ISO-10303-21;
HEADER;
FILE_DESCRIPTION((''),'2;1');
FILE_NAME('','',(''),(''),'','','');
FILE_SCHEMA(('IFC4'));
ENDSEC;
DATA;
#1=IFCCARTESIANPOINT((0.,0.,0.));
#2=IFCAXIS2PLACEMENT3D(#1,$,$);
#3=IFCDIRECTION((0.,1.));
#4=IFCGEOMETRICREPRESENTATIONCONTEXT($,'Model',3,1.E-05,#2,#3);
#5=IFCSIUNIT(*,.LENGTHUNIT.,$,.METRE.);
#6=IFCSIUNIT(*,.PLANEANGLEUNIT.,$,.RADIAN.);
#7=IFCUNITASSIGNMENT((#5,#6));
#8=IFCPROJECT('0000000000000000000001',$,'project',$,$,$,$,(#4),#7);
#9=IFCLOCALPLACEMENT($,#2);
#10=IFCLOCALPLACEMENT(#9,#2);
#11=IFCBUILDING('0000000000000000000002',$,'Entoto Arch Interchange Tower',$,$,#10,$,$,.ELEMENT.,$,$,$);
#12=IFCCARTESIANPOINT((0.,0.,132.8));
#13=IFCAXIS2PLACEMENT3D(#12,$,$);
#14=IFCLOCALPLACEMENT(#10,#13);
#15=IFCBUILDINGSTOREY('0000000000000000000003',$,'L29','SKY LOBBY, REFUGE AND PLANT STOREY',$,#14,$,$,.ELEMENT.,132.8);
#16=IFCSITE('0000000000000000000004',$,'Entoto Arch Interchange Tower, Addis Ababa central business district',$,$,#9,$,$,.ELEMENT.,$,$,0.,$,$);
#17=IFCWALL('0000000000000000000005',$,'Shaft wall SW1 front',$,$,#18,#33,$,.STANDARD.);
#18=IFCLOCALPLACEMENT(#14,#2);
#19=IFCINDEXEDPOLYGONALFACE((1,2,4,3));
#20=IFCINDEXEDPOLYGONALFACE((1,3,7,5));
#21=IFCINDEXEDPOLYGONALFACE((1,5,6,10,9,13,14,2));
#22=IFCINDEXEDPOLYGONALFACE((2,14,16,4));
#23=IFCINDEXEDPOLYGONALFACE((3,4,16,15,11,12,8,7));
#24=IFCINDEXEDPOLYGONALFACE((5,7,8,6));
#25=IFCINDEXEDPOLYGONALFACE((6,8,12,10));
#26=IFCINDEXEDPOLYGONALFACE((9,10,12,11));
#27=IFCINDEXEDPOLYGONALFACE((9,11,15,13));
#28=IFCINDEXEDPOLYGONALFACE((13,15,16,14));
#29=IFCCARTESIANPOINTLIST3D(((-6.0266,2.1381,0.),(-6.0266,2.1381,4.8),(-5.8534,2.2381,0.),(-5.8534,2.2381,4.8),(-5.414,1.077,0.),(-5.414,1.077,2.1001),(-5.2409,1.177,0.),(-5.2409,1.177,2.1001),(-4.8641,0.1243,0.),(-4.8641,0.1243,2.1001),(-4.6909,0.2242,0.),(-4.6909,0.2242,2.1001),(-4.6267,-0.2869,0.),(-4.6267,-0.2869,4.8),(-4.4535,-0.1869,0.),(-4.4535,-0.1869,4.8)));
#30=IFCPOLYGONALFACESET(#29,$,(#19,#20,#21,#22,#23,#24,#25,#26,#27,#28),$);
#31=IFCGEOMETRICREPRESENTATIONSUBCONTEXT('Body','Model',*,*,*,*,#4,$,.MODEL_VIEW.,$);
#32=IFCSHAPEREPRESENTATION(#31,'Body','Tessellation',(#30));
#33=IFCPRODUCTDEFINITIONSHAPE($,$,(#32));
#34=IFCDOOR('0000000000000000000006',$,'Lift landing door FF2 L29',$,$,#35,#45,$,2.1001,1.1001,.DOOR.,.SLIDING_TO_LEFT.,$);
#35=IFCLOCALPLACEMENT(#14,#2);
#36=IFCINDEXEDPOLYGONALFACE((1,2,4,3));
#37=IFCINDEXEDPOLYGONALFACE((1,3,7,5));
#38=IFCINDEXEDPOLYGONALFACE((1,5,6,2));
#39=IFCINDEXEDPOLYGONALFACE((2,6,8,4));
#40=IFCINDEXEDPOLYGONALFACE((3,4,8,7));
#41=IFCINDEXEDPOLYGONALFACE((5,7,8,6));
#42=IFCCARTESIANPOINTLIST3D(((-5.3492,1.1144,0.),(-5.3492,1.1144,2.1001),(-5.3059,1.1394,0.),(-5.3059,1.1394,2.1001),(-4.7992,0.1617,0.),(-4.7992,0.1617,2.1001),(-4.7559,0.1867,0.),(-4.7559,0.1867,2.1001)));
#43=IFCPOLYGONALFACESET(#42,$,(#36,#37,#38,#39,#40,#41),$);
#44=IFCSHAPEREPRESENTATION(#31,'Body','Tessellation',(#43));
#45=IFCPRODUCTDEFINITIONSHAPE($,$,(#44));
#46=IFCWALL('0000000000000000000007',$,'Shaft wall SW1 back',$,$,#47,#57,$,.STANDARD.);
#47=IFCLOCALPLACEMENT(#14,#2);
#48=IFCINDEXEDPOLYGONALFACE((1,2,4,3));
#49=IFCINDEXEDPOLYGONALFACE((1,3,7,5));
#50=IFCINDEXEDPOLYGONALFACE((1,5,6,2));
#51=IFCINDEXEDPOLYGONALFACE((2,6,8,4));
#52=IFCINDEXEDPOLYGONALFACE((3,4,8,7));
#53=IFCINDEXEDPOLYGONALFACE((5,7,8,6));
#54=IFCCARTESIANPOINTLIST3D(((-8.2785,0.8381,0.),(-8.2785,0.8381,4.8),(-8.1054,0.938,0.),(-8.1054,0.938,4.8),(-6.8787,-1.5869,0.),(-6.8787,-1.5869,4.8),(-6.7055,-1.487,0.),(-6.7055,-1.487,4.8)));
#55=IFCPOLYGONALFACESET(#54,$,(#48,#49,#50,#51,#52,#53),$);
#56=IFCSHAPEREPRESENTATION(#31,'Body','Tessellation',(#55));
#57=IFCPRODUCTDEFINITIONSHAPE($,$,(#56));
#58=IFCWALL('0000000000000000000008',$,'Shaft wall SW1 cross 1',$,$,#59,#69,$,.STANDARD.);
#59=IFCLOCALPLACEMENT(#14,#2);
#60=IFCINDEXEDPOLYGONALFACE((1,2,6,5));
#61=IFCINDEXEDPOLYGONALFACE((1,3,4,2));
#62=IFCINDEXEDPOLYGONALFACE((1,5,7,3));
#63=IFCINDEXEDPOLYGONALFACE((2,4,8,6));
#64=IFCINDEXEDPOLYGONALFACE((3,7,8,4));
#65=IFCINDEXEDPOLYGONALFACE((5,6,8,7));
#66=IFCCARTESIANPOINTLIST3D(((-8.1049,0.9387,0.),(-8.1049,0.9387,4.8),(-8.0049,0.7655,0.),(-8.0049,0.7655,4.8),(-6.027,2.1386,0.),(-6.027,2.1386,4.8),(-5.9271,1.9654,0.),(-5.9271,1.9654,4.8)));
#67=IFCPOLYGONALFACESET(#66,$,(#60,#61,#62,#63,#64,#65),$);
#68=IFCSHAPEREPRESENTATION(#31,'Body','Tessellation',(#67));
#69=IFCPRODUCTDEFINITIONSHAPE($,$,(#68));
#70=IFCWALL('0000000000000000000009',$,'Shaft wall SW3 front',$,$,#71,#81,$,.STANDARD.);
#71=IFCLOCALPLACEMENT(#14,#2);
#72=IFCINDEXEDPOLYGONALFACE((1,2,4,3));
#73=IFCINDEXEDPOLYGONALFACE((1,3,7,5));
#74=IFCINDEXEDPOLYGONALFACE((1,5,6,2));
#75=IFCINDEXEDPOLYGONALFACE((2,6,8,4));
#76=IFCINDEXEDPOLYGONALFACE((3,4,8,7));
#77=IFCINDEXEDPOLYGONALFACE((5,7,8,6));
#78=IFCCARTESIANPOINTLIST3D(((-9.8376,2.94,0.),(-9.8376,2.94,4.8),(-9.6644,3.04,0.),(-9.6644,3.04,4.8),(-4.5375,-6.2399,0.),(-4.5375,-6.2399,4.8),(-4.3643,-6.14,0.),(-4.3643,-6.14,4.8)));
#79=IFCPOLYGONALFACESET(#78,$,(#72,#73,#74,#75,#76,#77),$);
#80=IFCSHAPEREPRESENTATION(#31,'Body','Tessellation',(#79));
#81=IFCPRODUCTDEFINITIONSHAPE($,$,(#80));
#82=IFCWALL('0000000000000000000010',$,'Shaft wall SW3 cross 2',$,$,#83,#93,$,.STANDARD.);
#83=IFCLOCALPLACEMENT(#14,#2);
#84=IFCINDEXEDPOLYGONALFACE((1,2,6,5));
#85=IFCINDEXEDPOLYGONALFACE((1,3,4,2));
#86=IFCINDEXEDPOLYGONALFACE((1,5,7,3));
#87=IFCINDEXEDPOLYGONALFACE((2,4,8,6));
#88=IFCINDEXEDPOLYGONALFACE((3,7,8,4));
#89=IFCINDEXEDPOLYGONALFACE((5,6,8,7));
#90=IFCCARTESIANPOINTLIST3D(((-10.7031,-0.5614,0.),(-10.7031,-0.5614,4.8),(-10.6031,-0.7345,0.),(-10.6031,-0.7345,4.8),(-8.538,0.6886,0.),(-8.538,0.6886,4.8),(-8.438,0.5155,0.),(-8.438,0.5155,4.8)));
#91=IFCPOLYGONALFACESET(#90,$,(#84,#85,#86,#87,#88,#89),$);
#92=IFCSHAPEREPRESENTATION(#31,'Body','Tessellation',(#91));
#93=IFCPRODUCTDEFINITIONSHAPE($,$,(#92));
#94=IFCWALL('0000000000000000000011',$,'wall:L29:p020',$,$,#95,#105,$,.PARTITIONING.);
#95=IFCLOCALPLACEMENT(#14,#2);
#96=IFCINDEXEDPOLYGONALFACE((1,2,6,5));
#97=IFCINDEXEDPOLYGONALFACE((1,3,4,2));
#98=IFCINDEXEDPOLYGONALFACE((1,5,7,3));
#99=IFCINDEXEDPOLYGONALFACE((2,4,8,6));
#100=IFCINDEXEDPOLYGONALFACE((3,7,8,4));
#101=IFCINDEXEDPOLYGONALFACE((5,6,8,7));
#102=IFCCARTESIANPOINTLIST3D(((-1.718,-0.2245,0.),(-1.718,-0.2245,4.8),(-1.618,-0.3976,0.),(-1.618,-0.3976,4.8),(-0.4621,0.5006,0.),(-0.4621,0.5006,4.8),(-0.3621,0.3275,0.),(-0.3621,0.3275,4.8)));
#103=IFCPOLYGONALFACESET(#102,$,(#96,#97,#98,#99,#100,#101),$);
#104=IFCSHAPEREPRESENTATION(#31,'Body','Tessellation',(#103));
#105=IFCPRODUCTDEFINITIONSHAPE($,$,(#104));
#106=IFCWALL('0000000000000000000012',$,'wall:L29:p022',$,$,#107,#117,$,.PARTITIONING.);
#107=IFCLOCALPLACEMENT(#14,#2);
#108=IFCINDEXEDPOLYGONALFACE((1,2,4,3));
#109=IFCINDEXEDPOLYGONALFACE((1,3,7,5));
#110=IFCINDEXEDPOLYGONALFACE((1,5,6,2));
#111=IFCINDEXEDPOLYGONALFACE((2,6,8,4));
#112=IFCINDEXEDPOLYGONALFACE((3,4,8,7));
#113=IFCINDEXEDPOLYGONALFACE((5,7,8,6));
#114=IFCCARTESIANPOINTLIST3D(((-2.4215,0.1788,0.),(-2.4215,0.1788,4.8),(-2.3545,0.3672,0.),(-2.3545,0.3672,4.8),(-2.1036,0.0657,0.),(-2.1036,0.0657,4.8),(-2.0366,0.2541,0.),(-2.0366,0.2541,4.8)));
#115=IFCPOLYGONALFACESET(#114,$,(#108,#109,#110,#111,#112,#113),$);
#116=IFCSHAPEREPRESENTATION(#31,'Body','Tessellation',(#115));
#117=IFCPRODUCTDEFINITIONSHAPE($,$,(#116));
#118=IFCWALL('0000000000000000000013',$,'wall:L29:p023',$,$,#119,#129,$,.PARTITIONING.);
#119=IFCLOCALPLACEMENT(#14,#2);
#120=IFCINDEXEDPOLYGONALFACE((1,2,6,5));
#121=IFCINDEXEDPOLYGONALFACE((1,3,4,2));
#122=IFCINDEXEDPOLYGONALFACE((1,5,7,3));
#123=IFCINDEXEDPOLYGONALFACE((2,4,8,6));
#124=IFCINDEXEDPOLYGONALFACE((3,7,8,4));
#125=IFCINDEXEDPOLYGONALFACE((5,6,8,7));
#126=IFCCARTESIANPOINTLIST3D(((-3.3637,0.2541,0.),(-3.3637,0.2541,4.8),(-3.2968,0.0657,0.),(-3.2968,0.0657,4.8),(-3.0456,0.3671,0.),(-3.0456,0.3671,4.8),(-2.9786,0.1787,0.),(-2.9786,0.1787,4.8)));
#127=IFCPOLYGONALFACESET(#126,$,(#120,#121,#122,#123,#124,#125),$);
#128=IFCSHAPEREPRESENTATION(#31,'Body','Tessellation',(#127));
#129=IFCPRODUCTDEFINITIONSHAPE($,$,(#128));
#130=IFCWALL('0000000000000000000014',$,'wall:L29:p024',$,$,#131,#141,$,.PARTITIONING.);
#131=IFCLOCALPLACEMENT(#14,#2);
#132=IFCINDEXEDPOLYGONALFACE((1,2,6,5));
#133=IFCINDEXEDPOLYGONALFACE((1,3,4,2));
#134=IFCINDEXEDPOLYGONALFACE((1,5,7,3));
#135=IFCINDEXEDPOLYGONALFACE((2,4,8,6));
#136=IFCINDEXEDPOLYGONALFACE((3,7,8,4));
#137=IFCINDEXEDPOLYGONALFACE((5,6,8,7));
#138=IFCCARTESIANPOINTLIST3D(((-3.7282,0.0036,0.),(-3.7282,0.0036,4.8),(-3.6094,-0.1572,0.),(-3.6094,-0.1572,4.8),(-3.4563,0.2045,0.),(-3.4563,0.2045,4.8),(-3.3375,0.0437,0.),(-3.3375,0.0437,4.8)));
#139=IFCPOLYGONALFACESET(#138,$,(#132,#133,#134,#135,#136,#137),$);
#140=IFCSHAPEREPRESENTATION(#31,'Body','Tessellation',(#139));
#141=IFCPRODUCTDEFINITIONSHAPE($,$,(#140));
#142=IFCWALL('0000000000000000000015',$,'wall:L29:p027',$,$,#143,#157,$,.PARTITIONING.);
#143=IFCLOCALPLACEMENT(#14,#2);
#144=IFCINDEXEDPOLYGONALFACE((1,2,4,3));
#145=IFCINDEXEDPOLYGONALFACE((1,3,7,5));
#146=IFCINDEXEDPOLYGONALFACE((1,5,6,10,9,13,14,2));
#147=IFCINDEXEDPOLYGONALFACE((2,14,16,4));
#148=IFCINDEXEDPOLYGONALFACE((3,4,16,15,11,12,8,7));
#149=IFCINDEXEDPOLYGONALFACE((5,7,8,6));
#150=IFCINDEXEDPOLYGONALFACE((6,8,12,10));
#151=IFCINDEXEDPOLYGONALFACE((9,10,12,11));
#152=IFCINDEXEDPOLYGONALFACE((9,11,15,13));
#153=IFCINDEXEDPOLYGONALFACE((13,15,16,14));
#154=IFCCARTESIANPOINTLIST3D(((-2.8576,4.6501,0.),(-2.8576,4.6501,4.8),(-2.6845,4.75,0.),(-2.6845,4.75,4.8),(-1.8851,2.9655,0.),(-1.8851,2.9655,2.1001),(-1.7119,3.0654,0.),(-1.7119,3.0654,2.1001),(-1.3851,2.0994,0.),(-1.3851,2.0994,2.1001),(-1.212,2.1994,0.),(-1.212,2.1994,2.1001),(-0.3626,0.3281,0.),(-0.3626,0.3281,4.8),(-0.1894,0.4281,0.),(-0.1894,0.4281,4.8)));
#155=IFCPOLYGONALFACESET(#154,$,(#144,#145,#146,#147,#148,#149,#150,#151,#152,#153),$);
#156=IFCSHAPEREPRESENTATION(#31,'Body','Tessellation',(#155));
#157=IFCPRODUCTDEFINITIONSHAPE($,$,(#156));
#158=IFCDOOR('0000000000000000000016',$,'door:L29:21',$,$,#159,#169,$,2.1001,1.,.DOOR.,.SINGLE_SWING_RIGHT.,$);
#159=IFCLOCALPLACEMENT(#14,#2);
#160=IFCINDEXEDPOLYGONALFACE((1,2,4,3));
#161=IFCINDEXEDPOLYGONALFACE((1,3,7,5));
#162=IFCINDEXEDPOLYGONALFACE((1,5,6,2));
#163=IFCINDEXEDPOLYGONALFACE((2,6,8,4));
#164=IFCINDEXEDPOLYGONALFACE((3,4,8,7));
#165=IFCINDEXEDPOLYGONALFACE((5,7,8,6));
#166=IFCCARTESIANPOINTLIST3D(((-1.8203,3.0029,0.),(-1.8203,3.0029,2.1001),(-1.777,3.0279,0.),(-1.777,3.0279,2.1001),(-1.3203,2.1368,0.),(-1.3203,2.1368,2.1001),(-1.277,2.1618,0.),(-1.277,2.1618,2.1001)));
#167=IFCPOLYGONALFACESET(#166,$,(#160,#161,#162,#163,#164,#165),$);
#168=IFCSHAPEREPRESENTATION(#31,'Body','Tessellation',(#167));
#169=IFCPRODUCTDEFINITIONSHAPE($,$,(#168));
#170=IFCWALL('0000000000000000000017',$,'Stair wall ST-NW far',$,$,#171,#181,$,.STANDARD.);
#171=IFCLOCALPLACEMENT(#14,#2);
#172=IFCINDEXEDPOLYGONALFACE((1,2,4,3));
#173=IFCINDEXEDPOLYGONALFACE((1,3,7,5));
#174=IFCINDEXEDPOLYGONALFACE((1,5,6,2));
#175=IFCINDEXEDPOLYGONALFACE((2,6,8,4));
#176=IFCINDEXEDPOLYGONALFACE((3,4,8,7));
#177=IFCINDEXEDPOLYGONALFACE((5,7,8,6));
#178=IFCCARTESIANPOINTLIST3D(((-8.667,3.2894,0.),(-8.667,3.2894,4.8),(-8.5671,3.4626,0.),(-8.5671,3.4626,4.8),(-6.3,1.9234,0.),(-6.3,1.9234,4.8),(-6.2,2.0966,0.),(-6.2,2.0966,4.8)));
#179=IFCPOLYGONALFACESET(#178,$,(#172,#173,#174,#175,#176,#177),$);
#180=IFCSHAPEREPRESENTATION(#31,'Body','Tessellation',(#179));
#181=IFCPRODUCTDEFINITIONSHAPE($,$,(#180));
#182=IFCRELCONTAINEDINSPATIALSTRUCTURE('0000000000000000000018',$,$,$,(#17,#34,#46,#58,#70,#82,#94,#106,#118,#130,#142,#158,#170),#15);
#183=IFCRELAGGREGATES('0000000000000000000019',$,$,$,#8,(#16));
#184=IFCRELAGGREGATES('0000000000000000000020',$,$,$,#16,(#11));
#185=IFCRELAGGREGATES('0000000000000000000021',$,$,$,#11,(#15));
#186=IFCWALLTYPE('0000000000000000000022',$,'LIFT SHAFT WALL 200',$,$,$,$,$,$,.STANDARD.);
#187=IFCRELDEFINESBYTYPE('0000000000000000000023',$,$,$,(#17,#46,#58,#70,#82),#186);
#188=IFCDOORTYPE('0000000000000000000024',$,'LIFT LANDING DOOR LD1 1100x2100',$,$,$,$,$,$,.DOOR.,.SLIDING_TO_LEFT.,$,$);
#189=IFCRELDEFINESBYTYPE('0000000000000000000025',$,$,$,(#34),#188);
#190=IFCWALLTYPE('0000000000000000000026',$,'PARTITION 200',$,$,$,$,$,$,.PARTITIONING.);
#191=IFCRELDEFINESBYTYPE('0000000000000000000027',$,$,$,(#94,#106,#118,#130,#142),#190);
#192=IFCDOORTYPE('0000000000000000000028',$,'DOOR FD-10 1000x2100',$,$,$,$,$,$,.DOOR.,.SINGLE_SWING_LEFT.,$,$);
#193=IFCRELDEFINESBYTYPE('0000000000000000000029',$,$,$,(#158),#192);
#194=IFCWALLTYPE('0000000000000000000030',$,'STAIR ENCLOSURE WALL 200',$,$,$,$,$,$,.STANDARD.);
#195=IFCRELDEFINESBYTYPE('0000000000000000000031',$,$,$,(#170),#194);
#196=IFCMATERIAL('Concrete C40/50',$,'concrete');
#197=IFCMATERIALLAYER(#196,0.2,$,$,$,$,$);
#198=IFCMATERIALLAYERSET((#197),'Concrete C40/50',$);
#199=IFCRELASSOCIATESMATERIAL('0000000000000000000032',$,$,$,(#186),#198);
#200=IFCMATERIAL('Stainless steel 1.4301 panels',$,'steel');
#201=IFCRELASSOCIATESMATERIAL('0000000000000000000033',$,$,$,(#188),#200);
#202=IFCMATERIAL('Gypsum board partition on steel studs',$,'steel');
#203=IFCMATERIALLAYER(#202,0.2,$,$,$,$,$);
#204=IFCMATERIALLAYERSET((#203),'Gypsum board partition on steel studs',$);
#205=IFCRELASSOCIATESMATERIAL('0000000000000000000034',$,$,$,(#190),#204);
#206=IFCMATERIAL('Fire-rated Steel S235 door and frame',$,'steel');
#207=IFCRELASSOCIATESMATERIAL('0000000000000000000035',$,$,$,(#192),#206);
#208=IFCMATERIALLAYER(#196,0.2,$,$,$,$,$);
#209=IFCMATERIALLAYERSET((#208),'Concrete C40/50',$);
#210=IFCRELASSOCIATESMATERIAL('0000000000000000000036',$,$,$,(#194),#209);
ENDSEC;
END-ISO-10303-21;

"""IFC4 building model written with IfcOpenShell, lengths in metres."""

from ifc_helpers import new_model, si_unit, direction, frame, frame_2d, origin, place, context, subcontext, project, spatial, rectangle, extrude, material, layer, layer_set, type_object, element, fill, save


model = new_model("IFC4")

# Units and contexts
model_context = context("Model", 3, precision=1e-05, world=origin(), true_north=direction((0.0, 1.0)))
body_context = subcontext(model_context, "Body", "Model", "MODEL_VIEW")
ifc_project = project(units=[si_unit("LENGTHUNIT", "METRE"), si_unit("PLANEANGLEUNIT", "RADIAN")], contexts=[model_context])

# Site, building, storey
site_placement = place(None, origin())
site = spatial("IfcSite", under=ifc_project, at=site_placement, Name="Entoto Arch Interchange Tower, Addis Ababa central business district", CompositionType="ELEMENT", RefElevation=0.0)
building_placement = place(site_placement, origin())
building = spatial("IfcBuilding", under=site, at=building_placement, Name="Entoto Arch Interchange Tower", CompositionType="ELEMENT")
storey_placement = place(building_placement, frame((0.0, 0.0, 132.8)))
storey = spatial("IfcBuildingStorey", under=building, at=storey_placement, Name="L29", Description="SKY LOBBY, REFUGE AND PLANT STOREY", CompositionType="ELEMENT", Elevation=132.8)

# Wall, opening, door
ifc_material_1 = material(Name="Concrete C40/50", Category="concrete")
ifc_layer_1 = layer(ifc_material_1, 0.2)
ifc_layer_set_1 = layer_set([ifc_layer_1], Name="Concrete C40/50")
wall_type_1 = type_object("IfcWallType", Name="LIFT SHAFT WALL 200", PredefinedType="STANDARD", material=ifc_layer_set_1)
wall_1_placement = place(storey_placement, frame((-5.9399, 2.188, 0.0), z_axis=(0.0, 0.0, 1.0), x_axis=(0.499946, -0.866056, 0.0)))
wall_1 = element("IfcWall", 1, at=wall_1_placement, inside=storey, type_object=wall_type_1, Name="Shaft wall SW1 front", PredefinedType="STANDARD", context=body_context, shape_type="SweptSolid", body=[
    extrude(rectangle(XDim=2.8, YDim=0.2, at=frame_2d((1.3999, 0.0))), origin(), (0.0, 0.0, 1.0), 4.8),
])
opening_1_placement = place(wall_1_placement, frame((1.2251, 0.0, 0.0)))
opening_1 = element("IfcOpeningElement", 2, at=opening_1_placement, cuts=wall_1, PredefinedType="OPENING", context=body_context, shape_type="SweptSolid", body=[
    extrude(rectangle(XDim=1.1001, YDim=2.1001, at=frame_2d((0.55, 1.05))), frame((0.0, 0.1099, 0.0), z_axis=(0.0, -1.0, 0.0), x_axis=(1.0, 0.0, 0.0)), (0.0, 0.0, 1.0), 0.22),
])
ifc_material_2 = material(Name="Stainless steel 1.4301 panels", Category="steel")
door_type_1 = type_object("IfcDoorType", Name="LIFT LANDING DOOR LD1 1100x2100", OperationType="SLIDING_TO_LEFT", PredefinedType="DOOR", material=ifc_material_2)
door_1_placement = place(opening_1_placement, origin())
door_1 = element("IfcDoor", 3, at=door_1_placement, inside=storey, type_object=door_type_1, Name="Lift landing door FF2 L29", OperationType="SLIDING_TO_LEFT", OverallHeight=2.1001, OverallWidth=1.1001, PredefinedType="DOOR", context=body_context, shape_type="SweptSolid", body=[
    extrude(rectangle(XDim=1.1001, YDim=2.1001, at=frame_2d((0.55, 1.05))), frame((0.0, 0.0249, 0.0), z_axis=(0.0, -1.0, 0.0), x_axis=(1.0, 0.0, 0.0)), (0.0, 0.0, 1.0), 0.05),
])
fill(opening_1, door_1)

# Walls
wall_2_placement = place(storey_placement, frame((-8.1919, 0.8879, 0.0), z_axis=(0.0, 0.0, 1.0), x_axis=(0.499946, -0.866056, 0.0)))
element("IfcWall", 4, at=wall_2_placement, inside=storey, type_object=wall_type_1, Name="Shaft wall SW1 back", PredefinedType="STANDARD", context=body_context, shape_type="SweptSolid", body=[
    extrude(rectangle(XDim=2.8, YDim=0.2, at=frame_2d((1.3999, 0.0))), origin(), (0.0, 0.0, 1.0), 4.8),
])
wall_3_placement = place(storey_placement, frame((-5.9771, 2.052, 0.0), z_axis=(0.0, 0.0, 1.0), x_axis=(-0.865974, -0.500089, 0.0)))
element("IfcWall", 5, at=wall_3_placement, inside=storey, type_object=wall_type_1, Name="Shaft wall SW1 cross 1", PredefinedType="STANDARD", context=body_context, shape_type="SweptSolid", body=[
    extrude(rectangle(XDim=2.3994, YDim=0.2, at=frame_2d((1.1997, 0.0))), origin(), (0.0, 0.0, 1.0), 4.8),
])
wall_4_placement = place(storey_placement, frame((-9.751, 2.99, 0.0), z_axis=(0.0, 0.0, 1.0), x_axis=(0.500001, -0.866025, 0.0)))
element("IfcWall", 6, at=wall_4_placement, inside=storey, type_object=wall_type_1, Name="Shaft wall SW3 front", PredefinedType="STANDARD", context=body_context, shape_type="SweptSolid", body=[
    extrude(rectangle(XDim=10.6001, YDim=0.2, at=frame_2d((5.3, 0.0))), origin(), (0.0, 0.0, 1.0), 4.8),
])
wall_5_placement = place(storey_placement, frame((-8.488, 0.6021, 0.0), z_axis=(0.0, 0.0, 1.0), x_axis=(-0.866023, -0.500004, 0.0)))
element("IfcWall", 7, at=wall_5_placement, inside=storey, type_object=wall_type_1, Name="Shaft wall SW3 cross 2", PredefinedType="STANDARD", context=body_context, shape_type="SweptSolid", body=[
    extrude(rectangle(XDim=2.5, YDim=0.2, at=frame_2d((1.25, 0.0))), origin(), (0.0, 0.0, 1.0), 4.8),
])
ifc_material_3 = material(Name="Gypsum board partition on steel studs", Category="steel")
ifc_layer_2 = layer(ifc_material_3, 0.2)
ifc_layer_set_2 = layer_set([ifc_layer_2], Name="Gypsum board partition on steel studs")
wall_type_2 = type_object("IfcWallType", Name="PARTITION 200", PredefinedType="PARTITIONING", material=ifc_layer_set_2)
wall_6_placement = place(storey_placement, frame((-0.4121, 0.4141, 0.0), z_axis=(0.0, 0.0, 1.0), x_axis=(-0.866017, -0.500014, 0.0)))
element("IfcWall", 8, at=wall_6_placement, inside=storey, type_object=wall_type_2, Name="wall:L29:p020", PredefinedType="PARTITIONING", context=body_context, shape_type="SweptSolid", body=[
    extrude(rectangle(XDim=1.4502, YDim=0.2, at=frame_2d((0.7251, 0.0))), origin(), (0.0, 0.0, 1.0), 4.8),
])
wall_7_placement = place(storey_placement, frame((-2.0701, 0.1599, 0.0), z_axis=(0.0, 0.0, 1.0), x_axis=(-0.942199, 0.335052, 0.0)))
element("IfcWall", 9, at=wall_7_placement, inside=storey, type_object=wall_type_2, Name="wall:L29:p022", PredefinedType="PARTITIONING", context=body_context, shape_type="SweptSolid", body=[
    extrude(rectangle(XDim=0.3374, YDim=0.2, at=frame_2d((0.1687, 0.0))), origin(), (0.0, 0.0, 1.0), 4.8),
])
wall_8_placement = place(storey_placement, frame((-3.012, 0.2729, 0.0), z_axis=(0.0, 0.0, 1.0), x_axis=(-0.942281, -0.334824, 0.0)))
element("IfcWall", 10, at=wall_8_placement, inside=storey, type_object=wall_type_2, Name="wall:L29:p023", PredefinedType="PARTITIONING", context=body_context, shape_type="SweptSolid", body=[
    extrude(rectangle(XDim=0.3376, YDim=0.2, at=frame_2d((0.1689, 0.0))), origin(), (0.0, 0.0, 1.0), 4.8),
])
wall_9_placement = place(storey_placement, frame((-3.397, 0.124, 0.0), z_axis=(0.0, 0.0, 1.0), x_axis=(-0.804311, -0.594208, 0.0)))
element("IfcWall", 11, at=wall_9_placement, inside=storey, type_object=wall_type_2, Name="wall:L29:p024", PredefinedType="PARTITIONING", context=body_context, shape_type="SweptSolid", body=[
    extrude(rectangle(XDim=0.3381, YDim=0.2, at=frame_2d((0.1689, 0.0))), origin(), (0.0, 0.0, 1.0), 4.8),
])

# Wall, opening, door
wall_10_placement = place(storey_placement, frame((-2.771, 4.7, 0.0), z_axis=(0.0, 0.0, 1.0), x_axis=(0.499969, -0.866043, 0.0)))
wall_10 = element("IfcWall", 12, at=wall_10_placement, inside=storey, type_object=wall_type_2, Name="wall:L29:p027", PredefinedType="PARTITIONING", context=body_context, shape_type="SweptSolid", body=[
    extrude(rectangle(XDim=4.9905, YDim=0.2, at=frame_2d((2.4951, 0.0))), origin(), (0.0, 0.0, 1.0), 4.8),
])
opening_2_placement = place(wall_10_placement, frame((1.9451, 0.0, 0.0)))
opening_2 = element("IfcOpeningElement", 13, at=opening_2_placement, cuts=wall_10, PredefinedType="OPENING", context=body_context, shape_type="SweptSolid", body=[
    extrude(rectangle(XDim=1.0, YDim=2.1001, at=frame_2d((0.5, 1.05))), frame((0.0, 0.1099, 0.0), z_axis=(0.0, -1.0, 0.0), x_axis=(1.0, 0.0, 0.0)), (0.0, 0.0, 1.0), 0.22),
])
ifc_material_4 = material(Name="Fire-rated Steel S235 door and frame", Category="steel")
door_type_2 = type_object("IfcDoorType", Name="DOOR FD-10 1000x2100", OperationType="SINGLE_SWING_LEFT", PredefinedType="DOOR", material=ifc_material_4)
door_2_placement = place(opening_2_placement, origin())
door_2 = element("IfcDoor", 14, at=door_2_placement, inside=storey, type_object=door_type_2, Name="door:L29:21", OperationType="SINGLE_SWING_RIGHT", OverallHeight=2.1001, OverallWidth=1.0, PredefinedType="DOOR", context=body_context, shape_type="SweptSolid", body=[
    extrude(rectangle(XDim=1.0, YDim=2.1001, at=frame_2d((0.5, 1.05))), frame((0.0, 0.0249, 0.0), z_axis=(0.0, -1.0, 0.0), x_axis=(1.0, 0.0, 0.0)), (0.0, 0.0, 1.0), 0.05),
])
fill(opening_2, door_2)

# Wall
ifc_layer_3 = layer(ifc_material_1, 0.2)
ifc_layer_set_3 = layer_set([ifc_layer_3], Name="Concrete C40/50")
wall_type_3 = type_object("IfcWallType", Name="STAIR ENCLOSURE WALL 200", PredefinedType="STANDARD", material=ifc_layer_set_3)
wall_11_placement = place(storey_placement, frame((-6.25, 2.01, 0.0), z_axis=(0.0, 0.0, 1.0), x_axis=(-0.866119, 0.499838, 0.0)))
element("IfcWall", 15, at=wall_11_placement, inside=storey, type_object=wall_type_3, Name="Stair wall ST-NW far", PredefinedType="STANDARD", context=body_context, shape_type="SweptSolid", body=[
    extrude(rectangle(XDim=2.7329, YDim=0.2, at=frame_2d((1.3665, 0.0))), origin(), (0.0, 0.0, 1.0), 4.8),
])

save(model, "model.ifc")
